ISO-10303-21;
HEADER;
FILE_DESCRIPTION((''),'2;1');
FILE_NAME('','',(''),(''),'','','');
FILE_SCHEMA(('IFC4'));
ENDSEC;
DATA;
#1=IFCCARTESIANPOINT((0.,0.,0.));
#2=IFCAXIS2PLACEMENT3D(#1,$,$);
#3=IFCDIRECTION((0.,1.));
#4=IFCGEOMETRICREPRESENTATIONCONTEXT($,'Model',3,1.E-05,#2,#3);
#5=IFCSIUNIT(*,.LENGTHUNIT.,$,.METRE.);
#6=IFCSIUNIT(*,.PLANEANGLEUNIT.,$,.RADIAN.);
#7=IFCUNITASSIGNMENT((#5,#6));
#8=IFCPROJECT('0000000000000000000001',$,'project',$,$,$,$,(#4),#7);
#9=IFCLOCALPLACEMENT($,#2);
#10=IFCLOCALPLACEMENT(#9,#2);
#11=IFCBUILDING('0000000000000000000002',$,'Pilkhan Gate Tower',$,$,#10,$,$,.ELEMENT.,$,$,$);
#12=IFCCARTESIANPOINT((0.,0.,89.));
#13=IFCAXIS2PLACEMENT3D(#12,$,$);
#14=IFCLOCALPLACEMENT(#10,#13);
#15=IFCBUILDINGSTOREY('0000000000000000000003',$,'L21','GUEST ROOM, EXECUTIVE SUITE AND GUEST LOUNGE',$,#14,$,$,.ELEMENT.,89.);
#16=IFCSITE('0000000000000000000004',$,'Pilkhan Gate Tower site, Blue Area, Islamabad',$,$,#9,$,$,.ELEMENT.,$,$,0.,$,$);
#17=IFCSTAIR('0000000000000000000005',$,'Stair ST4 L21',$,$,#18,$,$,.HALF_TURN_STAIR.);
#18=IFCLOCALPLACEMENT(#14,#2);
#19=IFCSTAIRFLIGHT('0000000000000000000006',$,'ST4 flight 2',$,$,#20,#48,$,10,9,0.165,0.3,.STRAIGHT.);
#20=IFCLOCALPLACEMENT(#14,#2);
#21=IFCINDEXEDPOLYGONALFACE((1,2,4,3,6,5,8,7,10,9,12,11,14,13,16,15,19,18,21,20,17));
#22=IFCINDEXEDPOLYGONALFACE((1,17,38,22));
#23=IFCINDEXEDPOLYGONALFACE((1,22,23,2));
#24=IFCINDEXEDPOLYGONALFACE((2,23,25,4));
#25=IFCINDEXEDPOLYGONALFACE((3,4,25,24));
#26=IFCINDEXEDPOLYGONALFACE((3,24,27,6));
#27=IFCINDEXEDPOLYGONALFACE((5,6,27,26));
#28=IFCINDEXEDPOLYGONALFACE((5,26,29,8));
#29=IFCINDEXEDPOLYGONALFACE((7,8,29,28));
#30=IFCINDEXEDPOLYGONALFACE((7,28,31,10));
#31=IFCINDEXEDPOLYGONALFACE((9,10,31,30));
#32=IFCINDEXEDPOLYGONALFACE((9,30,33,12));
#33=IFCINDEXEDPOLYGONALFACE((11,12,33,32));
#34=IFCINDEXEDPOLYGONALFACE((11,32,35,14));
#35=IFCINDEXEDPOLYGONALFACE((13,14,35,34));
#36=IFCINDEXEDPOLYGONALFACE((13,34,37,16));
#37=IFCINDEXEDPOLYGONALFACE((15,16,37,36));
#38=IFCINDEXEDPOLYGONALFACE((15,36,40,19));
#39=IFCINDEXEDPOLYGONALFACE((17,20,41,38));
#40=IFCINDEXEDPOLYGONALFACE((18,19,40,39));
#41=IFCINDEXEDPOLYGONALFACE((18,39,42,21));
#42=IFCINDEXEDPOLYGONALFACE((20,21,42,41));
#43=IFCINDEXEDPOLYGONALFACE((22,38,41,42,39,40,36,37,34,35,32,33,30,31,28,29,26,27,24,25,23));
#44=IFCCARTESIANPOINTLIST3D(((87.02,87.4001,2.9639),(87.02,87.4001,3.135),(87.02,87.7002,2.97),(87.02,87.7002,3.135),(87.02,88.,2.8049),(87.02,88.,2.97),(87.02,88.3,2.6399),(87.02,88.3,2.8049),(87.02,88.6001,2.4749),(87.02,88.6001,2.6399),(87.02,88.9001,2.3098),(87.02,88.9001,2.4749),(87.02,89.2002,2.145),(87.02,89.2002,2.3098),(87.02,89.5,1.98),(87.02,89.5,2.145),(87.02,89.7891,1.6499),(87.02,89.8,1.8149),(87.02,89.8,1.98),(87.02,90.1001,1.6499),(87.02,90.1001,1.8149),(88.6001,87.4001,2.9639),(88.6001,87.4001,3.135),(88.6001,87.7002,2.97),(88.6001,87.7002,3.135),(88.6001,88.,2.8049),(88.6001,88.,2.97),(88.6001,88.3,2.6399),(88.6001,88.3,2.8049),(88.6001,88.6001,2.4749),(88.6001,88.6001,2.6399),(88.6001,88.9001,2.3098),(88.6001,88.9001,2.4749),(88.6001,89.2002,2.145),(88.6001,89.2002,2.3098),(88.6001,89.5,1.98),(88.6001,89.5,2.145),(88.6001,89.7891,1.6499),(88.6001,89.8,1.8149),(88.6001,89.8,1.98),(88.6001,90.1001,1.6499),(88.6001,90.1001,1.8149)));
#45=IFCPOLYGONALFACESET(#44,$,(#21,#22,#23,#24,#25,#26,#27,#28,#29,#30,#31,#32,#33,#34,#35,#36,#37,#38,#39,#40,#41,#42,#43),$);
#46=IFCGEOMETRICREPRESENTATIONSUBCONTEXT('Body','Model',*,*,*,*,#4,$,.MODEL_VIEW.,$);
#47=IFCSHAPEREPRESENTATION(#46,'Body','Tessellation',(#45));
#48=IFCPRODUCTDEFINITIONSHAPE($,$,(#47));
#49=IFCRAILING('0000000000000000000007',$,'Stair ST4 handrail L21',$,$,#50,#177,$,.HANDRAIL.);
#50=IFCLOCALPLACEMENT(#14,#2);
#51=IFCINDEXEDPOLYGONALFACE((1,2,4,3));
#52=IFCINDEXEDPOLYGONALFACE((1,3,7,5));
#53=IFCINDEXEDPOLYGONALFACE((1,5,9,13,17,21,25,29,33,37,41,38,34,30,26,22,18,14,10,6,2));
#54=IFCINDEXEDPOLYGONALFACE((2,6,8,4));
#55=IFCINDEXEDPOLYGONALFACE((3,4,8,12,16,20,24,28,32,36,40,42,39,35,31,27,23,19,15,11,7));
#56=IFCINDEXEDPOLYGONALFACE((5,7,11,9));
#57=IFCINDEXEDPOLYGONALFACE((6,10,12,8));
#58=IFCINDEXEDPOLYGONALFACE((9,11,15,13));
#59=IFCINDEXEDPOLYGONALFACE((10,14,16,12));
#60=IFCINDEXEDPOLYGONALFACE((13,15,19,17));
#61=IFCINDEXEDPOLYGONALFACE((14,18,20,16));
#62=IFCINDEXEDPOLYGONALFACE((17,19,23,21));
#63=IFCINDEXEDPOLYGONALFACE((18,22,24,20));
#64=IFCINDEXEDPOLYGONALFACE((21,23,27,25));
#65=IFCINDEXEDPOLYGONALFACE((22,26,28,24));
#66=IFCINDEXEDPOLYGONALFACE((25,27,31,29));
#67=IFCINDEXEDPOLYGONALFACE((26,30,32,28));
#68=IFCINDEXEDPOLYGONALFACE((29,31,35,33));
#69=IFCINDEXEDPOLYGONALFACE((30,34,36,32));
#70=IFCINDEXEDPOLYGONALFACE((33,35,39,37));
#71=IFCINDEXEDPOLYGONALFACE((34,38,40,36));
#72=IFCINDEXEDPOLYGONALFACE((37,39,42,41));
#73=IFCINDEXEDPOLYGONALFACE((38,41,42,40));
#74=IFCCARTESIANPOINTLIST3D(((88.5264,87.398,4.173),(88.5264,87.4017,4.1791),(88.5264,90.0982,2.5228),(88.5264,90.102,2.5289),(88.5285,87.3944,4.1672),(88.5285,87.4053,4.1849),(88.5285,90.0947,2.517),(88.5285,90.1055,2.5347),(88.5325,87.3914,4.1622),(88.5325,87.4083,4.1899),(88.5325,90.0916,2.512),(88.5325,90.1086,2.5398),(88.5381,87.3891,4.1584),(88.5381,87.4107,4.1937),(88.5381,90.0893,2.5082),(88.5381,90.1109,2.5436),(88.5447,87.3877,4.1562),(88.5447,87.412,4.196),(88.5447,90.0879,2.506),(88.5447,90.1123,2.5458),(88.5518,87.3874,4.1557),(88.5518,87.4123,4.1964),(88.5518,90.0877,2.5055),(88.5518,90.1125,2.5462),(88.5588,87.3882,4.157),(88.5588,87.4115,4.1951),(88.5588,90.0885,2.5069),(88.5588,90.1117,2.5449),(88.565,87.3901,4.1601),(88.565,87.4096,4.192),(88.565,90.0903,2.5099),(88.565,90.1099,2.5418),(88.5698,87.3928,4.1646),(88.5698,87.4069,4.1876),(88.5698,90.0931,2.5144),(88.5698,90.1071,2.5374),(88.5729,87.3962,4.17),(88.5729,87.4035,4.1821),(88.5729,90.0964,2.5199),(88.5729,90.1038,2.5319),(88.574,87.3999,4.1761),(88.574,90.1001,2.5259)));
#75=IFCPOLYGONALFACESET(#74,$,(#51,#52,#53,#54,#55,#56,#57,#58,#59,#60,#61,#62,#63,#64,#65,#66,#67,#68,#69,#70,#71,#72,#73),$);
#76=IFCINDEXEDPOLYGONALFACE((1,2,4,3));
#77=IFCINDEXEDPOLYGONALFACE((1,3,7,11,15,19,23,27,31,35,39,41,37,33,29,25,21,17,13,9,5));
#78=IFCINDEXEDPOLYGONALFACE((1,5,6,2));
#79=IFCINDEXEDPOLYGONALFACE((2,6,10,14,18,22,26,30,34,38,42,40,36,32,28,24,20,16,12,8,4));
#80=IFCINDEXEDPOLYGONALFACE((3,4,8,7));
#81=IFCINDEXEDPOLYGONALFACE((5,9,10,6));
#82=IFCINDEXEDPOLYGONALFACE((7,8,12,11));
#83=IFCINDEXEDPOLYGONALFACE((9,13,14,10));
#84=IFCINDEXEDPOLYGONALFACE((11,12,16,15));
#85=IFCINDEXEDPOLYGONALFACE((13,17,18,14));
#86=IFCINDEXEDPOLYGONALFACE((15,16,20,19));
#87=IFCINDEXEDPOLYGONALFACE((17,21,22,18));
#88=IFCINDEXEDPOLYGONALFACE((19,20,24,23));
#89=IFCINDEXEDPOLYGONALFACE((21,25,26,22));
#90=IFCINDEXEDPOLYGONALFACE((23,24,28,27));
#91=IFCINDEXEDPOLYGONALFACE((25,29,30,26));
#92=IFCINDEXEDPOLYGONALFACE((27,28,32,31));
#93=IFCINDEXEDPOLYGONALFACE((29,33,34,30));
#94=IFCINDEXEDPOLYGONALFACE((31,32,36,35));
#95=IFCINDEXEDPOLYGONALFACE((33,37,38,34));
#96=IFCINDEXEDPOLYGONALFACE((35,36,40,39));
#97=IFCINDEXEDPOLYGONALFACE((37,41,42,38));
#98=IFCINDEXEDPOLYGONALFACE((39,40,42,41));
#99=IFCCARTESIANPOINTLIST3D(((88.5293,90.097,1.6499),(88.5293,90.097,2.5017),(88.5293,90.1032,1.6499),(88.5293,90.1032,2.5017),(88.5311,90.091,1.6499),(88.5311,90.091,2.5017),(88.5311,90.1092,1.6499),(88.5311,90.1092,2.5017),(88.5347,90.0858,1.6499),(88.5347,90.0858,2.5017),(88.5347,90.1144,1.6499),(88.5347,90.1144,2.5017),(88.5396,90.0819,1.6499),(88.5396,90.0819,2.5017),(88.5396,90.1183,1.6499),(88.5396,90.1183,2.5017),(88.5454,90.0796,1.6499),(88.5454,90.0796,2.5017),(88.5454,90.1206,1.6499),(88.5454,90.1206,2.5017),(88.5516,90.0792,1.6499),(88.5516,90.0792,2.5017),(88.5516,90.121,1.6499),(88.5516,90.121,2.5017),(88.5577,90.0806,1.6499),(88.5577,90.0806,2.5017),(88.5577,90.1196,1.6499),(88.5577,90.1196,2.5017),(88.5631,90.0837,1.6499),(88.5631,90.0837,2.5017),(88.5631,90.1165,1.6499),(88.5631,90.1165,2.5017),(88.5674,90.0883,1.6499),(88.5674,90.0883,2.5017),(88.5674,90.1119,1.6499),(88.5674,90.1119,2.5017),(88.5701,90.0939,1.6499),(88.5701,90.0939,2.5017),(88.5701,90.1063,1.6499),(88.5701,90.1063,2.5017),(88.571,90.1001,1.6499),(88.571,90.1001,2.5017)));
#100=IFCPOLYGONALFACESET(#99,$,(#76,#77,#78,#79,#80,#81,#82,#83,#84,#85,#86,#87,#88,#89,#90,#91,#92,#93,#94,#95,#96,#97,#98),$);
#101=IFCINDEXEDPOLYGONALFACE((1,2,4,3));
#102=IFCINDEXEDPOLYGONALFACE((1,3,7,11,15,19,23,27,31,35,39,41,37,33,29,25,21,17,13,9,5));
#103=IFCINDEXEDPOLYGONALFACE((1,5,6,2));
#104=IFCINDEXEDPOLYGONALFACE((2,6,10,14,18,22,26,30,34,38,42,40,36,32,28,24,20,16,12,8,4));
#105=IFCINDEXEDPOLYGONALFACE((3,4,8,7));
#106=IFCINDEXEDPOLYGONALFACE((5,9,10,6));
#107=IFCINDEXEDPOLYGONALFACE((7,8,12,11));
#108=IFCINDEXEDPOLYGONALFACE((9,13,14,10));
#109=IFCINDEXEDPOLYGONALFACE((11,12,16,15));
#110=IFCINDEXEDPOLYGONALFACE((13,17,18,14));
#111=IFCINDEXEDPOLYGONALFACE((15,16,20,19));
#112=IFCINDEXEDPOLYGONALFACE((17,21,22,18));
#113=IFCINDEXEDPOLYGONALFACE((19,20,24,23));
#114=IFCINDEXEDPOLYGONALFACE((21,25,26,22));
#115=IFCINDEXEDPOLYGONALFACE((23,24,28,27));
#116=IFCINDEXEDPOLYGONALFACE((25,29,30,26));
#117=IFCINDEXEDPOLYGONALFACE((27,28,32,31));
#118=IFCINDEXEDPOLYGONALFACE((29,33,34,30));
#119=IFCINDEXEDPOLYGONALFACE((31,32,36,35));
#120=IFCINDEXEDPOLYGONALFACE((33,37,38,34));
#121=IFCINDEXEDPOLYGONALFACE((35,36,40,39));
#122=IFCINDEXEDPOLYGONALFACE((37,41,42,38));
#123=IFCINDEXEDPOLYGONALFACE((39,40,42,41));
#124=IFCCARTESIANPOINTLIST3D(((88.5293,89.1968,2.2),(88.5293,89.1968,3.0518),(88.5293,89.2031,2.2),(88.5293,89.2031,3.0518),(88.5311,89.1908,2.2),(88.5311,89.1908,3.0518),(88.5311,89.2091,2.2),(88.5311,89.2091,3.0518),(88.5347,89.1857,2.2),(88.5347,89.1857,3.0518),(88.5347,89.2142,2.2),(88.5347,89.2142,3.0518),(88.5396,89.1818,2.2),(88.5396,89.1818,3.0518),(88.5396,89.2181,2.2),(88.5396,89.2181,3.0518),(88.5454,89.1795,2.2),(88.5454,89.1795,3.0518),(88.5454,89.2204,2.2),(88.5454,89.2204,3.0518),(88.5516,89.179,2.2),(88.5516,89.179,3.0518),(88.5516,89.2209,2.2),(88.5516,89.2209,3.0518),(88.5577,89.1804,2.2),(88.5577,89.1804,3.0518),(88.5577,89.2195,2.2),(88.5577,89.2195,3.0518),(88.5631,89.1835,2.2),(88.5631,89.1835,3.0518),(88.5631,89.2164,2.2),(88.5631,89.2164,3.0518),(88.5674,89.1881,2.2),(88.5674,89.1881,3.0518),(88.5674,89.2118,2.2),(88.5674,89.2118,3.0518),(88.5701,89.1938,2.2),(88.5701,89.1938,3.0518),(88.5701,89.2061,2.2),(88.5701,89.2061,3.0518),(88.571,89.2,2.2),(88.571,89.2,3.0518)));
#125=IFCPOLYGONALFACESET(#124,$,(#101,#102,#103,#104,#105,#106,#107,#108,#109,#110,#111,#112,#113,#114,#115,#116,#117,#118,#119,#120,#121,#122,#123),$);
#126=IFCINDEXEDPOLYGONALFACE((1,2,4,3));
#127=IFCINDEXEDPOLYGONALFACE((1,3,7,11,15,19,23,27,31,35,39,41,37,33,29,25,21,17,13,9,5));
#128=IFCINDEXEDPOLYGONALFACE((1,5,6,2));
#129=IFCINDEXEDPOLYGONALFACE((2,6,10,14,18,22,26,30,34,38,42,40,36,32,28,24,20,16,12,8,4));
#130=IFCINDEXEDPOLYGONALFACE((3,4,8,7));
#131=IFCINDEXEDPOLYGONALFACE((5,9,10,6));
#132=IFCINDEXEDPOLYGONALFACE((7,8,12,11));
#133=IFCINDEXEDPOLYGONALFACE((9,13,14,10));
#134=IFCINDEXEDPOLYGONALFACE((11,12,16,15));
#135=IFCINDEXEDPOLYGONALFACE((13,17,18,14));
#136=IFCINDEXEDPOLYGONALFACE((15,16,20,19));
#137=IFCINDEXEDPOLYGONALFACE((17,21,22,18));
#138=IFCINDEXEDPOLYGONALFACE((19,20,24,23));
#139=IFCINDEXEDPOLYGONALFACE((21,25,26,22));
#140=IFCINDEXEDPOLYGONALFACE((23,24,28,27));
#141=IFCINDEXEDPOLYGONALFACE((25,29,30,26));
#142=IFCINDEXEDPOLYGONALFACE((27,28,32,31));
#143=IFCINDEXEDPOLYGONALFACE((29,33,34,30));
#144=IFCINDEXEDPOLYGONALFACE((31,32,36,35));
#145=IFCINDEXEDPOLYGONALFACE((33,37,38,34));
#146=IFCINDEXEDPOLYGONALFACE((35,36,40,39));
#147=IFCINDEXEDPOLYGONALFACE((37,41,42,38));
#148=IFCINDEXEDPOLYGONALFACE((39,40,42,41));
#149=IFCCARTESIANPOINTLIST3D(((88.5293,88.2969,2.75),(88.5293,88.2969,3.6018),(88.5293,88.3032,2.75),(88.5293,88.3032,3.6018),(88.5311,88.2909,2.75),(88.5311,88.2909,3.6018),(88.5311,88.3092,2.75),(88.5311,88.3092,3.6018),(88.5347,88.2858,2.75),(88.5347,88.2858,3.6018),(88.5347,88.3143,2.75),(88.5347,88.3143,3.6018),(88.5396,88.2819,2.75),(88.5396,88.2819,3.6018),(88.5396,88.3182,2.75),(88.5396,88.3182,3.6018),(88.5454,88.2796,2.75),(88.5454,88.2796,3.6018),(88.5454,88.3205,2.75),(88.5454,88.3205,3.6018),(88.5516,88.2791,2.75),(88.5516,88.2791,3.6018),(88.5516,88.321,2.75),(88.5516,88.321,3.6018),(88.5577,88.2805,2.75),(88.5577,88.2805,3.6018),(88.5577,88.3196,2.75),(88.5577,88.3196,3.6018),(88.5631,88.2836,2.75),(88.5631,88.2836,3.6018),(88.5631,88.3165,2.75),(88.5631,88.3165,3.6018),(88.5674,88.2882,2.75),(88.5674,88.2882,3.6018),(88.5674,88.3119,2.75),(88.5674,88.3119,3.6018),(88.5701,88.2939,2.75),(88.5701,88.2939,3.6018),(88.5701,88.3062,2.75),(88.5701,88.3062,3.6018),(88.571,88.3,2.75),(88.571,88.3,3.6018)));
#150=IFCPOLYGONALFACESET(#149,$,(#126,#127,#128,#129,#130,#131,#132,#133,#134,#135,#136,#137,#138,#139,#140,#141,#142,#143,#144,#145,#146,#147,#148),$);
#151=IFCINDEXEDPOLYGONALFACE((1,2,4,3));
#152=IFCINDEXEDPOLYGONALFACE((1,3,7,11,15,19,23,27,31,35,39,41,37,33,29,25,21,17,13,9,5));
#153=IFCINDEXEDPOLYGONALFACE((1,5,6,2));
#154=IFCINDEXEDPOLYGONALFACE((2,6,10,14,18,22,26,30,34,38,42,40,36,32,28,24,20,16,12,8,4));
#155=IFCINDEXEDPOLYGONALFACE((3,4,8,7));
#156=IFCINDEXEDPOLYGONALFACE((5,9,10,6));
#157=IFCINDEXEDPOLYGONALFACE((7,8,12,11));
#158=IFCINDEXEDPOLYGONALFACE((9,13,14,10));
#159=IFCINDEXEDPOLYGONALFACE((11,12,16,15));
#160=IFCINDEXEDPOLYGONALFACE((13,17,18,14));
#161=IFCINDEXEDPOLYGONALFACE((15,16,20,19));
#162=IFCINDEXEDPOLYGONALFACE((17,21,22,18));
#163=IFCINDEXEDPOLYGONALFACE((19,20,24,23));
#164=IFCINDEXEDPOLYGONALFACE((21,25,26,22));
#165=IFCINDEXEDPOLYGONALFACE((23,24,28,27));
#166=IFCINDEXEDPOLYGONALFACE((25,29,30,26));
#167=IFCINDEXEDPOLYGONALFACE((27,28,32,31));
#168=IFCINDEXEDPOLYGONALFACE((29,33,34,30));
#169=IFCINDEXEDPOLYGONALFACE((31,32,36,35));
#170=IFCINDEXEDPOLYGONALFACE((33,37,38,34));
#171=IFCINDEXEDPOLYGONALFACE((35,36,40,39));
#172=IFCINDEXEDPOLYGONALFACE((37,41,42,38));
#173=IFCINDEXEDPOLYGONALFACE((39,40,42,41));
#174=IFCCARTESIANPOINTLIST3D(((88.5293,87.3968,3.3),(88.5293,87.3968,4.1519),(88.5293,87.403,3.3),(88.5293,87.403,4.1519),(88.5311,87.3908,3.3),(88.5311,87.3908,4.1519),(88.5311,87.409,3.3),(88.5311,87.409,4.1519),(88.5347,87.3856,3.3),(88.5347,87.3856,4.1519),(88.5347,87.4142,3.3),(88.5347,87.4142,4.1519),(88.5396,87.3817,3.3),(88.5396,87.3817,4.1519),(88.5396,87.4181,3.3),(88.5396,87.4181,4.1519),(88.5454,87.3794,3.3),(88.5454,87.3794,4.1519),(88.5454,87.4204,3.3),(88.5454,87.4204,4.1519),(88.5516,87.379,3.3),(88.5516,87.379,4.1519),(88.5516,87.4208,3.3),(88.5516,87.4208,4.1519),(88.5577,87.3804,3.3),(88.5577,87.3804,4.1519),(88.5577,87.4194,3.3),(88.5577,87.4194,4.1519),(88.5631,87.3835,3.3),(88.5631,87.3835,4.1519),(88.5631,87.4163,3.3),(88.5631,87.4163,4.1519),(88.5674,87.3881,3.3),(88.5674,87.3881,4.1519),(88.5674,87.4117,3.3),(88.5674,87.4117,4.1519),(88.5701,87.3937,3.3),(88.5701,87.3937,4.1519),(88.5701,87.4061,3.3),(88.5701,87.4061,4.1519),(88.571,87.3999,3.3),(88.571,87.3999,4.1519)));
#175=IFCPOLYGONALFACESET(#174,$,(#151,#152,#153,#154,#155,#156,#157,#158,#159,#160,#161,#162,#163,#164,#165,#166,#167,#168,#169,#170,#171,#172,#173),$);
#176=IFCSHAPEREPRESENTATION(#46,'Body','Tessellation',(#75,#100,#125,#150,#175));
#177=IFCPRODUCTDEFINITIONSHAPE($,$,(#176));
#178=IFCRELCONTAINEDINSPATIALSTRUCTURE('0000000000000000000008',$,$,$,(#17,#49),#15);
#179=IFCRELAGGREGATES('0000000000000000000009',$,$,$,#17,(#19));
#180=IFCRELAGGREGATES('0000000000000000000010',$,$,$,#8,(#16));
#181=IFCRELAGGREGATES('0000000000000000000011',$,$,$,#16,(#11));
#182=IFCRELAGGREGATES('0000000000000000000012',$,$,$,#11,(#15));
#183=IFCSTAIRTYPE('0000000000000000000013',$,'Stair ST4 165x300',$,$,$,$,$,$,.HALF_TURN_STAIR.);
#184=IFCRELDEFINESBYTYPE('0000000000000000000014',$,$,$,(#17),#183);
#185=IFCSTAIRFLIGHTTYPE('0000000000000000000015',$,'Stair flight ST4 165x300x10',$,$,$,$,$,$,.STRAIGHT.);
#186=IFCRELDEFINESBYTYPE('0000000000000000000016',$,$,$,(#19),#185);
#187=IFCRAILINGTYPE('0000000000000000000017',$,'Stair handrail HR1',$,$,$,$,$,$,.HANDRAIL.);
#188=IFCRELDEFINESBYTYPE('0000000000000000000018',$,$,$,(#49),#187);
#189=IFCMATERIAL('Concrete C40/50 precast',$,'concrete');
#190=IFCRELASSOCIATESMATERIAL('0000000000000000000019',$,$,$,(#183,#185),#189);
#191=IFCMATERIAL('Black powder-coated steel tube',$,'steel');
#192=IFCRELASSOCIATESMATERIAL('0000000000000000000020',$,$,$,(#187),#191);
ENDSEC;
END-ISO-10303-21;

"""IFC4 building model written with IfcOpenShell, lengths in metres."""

from ifc_helpers import new_model, si_unit, direction, frame, origin, origin_2d, place, context, subcontext, project, spatial, polyline, circle, outline, extrude, material, type_object, element, aggregate, save


model = new_model("IFC4")

# Units and contexts
model_context = context("Model", 3, precision=1e-05, world=origin(), true_north=direction((0.0, 1.0)))
body_context = subcontext(model_context, "Body", "Model", "MODEL_VIEW")
ifc_project = project(units=[si_unit("LENGTHUNIT", "METRE"), si_unit("PLANEANGLEUNIT", "RADIAN")], contexts=[model_context])

# Site, building, storey
site_placement = place(None, origin())
site = spatial("IfcSite", under=ifc_project, at=site_placement, Name="Pilkhan Gate Tower site, Blue Area, Islamabad", CompositionType="ELEMENT", RefElevation=0.0)
building_placement = place(site_placement, origin())
building = spatial("IfcBuilding", under=site, at=building_placement, Name="Pilkhan Gate Tower", CompositionType="ELEMENT")
storey_placement = place(building_placement, frame((0.0, 0.0, 89.0)))
storey = spatial("IfcBuildingStorey", under=building, at=storey_placement, Name="L21", Description="GUEST ROOM, EXECUTIVE SUITE AND GUEST LOUNGE", CompositionType="ELEMENT", Elevation=89.0)

# Stair, stair flight
ifc_material_1 = material(Name="Concrete C40/50 precast", Category="concrete")
stair_type = type_object("IfcStairType", Name="Stair ST4 165x300", PredefinedType="HALF_TURN_STAIR", material=ifc_material_1)
stair_placement = place(storey_placement, origin())
stair = element("IfcStair", 1, at=stair_placement, inside=storey, type_object=stair_type, Name="Stair ST4 L21", PredefinedType="HALF_TURN_STAIR")
stair_flight_type = type_object("IfcStairFlightType", Name="Stair flight ST4 165x300x10", PredefinedType="STRAIGHT", material=ifc_material_1)
stair_flight_1_placement = place(storey_placement, frame((87.8101, 90.1001, 1.6499), z_axis=(0.0, 0.0, 1.0), x_axis=(0.0, -1.0, 0.0)))
stair_flight_1 = element("IfcStairFlight", 2, at=stair_flight_1_placement, type_object=stair_flight_type, Name="ST4 flight 2", NumberOfRisers=10, NumberOfTreads=9, PredefinedType="STRAIGHT", RiserHeight=0.165, TreadLength=0.3, context=body_context, shape_type="SweptSolid", body=[
    extrude(outline(polyline([(0.0, 0.0), (0.0, 0.165), (0.3, 0.165), (0.3, 0.3301), (0.6001, 0.3301), (0.6001, 0.4951), (0.8999, 0.4951), (0.8999, 0.6599), (1.2, 0.6599), (1.2, 0.825), (1.5, 0.825), (1.5, 0.99), (1.8, 0.99), (1.8, 1.155), (2.1001, 1.155), (2.1001, 1.3201), (2.3999, 1.3201), (2.3999, 1.4851), (2.7, 1.4851), (2.7, 1.6499), (2.7, 1.314), (0.311, 0.0), (0.0, 0.0)])), frame((0.0, 0.79, 0.0), z_axis=(0.0, -1.0, 0.0), x_axis=(1.0, 0.0, 0.0)), (0.0, 0.0, 1.0), 1.5801),
])
aggregate(stair, [stair_flight_1])

# Railing
ifc_material_2 = material(Name="Black powder-coated steel tube", Category="steel")
railing_type_1 = type_object("IfcRailingType", Name="Stair handrail HR1", PredefinedType="HANDRAIL", material=ifc_material_2)
railing_1_placement = place(storey_placement, frame((88.55, 90.1001, 1.6499)))
element("IfcRailing", 3, at=railing_1_placement, inside=storey, type_object=railing_type_1, Name="Stair ST4 handrail L21", PredefinedType="HANDRAIL", context=body_context, shape_type="SweptSolid", body=[
    extrude(circle(Radius=0.0239, at=origin_2d()), frame((0.0, 0.0, 0.876), z_axis=(0.0, -0.853278, 0.521456), x_axis=(1.0, 0.0, 0.0)), (0.0, 0.0, 1.0), 3.1646),
    extrude(circle(Radius=0.021, at=origin_2d()), origin(), (0.0, 0.0, 1.0), 0.8518),
    extrude(circle(Radius=0.021, at=origin_2d()), frame((0.0, -0.9001, 0.55)), (0.0, 0.0, 1.0), 0.8518),
    extrude(circle(Radius=0.021, at=origin_2d()), frame((0.0, -1.8, 1.1001)), (0.0, 0.0, 1.0), 0.8518),
    extrude(circle(Radius=0.021, at=origin_2d()), frame((0.0, -2.7002, 1.6501)), (0.0, 0.0, 1.0), 0.8518),
])

save(model, "model.ifc")
